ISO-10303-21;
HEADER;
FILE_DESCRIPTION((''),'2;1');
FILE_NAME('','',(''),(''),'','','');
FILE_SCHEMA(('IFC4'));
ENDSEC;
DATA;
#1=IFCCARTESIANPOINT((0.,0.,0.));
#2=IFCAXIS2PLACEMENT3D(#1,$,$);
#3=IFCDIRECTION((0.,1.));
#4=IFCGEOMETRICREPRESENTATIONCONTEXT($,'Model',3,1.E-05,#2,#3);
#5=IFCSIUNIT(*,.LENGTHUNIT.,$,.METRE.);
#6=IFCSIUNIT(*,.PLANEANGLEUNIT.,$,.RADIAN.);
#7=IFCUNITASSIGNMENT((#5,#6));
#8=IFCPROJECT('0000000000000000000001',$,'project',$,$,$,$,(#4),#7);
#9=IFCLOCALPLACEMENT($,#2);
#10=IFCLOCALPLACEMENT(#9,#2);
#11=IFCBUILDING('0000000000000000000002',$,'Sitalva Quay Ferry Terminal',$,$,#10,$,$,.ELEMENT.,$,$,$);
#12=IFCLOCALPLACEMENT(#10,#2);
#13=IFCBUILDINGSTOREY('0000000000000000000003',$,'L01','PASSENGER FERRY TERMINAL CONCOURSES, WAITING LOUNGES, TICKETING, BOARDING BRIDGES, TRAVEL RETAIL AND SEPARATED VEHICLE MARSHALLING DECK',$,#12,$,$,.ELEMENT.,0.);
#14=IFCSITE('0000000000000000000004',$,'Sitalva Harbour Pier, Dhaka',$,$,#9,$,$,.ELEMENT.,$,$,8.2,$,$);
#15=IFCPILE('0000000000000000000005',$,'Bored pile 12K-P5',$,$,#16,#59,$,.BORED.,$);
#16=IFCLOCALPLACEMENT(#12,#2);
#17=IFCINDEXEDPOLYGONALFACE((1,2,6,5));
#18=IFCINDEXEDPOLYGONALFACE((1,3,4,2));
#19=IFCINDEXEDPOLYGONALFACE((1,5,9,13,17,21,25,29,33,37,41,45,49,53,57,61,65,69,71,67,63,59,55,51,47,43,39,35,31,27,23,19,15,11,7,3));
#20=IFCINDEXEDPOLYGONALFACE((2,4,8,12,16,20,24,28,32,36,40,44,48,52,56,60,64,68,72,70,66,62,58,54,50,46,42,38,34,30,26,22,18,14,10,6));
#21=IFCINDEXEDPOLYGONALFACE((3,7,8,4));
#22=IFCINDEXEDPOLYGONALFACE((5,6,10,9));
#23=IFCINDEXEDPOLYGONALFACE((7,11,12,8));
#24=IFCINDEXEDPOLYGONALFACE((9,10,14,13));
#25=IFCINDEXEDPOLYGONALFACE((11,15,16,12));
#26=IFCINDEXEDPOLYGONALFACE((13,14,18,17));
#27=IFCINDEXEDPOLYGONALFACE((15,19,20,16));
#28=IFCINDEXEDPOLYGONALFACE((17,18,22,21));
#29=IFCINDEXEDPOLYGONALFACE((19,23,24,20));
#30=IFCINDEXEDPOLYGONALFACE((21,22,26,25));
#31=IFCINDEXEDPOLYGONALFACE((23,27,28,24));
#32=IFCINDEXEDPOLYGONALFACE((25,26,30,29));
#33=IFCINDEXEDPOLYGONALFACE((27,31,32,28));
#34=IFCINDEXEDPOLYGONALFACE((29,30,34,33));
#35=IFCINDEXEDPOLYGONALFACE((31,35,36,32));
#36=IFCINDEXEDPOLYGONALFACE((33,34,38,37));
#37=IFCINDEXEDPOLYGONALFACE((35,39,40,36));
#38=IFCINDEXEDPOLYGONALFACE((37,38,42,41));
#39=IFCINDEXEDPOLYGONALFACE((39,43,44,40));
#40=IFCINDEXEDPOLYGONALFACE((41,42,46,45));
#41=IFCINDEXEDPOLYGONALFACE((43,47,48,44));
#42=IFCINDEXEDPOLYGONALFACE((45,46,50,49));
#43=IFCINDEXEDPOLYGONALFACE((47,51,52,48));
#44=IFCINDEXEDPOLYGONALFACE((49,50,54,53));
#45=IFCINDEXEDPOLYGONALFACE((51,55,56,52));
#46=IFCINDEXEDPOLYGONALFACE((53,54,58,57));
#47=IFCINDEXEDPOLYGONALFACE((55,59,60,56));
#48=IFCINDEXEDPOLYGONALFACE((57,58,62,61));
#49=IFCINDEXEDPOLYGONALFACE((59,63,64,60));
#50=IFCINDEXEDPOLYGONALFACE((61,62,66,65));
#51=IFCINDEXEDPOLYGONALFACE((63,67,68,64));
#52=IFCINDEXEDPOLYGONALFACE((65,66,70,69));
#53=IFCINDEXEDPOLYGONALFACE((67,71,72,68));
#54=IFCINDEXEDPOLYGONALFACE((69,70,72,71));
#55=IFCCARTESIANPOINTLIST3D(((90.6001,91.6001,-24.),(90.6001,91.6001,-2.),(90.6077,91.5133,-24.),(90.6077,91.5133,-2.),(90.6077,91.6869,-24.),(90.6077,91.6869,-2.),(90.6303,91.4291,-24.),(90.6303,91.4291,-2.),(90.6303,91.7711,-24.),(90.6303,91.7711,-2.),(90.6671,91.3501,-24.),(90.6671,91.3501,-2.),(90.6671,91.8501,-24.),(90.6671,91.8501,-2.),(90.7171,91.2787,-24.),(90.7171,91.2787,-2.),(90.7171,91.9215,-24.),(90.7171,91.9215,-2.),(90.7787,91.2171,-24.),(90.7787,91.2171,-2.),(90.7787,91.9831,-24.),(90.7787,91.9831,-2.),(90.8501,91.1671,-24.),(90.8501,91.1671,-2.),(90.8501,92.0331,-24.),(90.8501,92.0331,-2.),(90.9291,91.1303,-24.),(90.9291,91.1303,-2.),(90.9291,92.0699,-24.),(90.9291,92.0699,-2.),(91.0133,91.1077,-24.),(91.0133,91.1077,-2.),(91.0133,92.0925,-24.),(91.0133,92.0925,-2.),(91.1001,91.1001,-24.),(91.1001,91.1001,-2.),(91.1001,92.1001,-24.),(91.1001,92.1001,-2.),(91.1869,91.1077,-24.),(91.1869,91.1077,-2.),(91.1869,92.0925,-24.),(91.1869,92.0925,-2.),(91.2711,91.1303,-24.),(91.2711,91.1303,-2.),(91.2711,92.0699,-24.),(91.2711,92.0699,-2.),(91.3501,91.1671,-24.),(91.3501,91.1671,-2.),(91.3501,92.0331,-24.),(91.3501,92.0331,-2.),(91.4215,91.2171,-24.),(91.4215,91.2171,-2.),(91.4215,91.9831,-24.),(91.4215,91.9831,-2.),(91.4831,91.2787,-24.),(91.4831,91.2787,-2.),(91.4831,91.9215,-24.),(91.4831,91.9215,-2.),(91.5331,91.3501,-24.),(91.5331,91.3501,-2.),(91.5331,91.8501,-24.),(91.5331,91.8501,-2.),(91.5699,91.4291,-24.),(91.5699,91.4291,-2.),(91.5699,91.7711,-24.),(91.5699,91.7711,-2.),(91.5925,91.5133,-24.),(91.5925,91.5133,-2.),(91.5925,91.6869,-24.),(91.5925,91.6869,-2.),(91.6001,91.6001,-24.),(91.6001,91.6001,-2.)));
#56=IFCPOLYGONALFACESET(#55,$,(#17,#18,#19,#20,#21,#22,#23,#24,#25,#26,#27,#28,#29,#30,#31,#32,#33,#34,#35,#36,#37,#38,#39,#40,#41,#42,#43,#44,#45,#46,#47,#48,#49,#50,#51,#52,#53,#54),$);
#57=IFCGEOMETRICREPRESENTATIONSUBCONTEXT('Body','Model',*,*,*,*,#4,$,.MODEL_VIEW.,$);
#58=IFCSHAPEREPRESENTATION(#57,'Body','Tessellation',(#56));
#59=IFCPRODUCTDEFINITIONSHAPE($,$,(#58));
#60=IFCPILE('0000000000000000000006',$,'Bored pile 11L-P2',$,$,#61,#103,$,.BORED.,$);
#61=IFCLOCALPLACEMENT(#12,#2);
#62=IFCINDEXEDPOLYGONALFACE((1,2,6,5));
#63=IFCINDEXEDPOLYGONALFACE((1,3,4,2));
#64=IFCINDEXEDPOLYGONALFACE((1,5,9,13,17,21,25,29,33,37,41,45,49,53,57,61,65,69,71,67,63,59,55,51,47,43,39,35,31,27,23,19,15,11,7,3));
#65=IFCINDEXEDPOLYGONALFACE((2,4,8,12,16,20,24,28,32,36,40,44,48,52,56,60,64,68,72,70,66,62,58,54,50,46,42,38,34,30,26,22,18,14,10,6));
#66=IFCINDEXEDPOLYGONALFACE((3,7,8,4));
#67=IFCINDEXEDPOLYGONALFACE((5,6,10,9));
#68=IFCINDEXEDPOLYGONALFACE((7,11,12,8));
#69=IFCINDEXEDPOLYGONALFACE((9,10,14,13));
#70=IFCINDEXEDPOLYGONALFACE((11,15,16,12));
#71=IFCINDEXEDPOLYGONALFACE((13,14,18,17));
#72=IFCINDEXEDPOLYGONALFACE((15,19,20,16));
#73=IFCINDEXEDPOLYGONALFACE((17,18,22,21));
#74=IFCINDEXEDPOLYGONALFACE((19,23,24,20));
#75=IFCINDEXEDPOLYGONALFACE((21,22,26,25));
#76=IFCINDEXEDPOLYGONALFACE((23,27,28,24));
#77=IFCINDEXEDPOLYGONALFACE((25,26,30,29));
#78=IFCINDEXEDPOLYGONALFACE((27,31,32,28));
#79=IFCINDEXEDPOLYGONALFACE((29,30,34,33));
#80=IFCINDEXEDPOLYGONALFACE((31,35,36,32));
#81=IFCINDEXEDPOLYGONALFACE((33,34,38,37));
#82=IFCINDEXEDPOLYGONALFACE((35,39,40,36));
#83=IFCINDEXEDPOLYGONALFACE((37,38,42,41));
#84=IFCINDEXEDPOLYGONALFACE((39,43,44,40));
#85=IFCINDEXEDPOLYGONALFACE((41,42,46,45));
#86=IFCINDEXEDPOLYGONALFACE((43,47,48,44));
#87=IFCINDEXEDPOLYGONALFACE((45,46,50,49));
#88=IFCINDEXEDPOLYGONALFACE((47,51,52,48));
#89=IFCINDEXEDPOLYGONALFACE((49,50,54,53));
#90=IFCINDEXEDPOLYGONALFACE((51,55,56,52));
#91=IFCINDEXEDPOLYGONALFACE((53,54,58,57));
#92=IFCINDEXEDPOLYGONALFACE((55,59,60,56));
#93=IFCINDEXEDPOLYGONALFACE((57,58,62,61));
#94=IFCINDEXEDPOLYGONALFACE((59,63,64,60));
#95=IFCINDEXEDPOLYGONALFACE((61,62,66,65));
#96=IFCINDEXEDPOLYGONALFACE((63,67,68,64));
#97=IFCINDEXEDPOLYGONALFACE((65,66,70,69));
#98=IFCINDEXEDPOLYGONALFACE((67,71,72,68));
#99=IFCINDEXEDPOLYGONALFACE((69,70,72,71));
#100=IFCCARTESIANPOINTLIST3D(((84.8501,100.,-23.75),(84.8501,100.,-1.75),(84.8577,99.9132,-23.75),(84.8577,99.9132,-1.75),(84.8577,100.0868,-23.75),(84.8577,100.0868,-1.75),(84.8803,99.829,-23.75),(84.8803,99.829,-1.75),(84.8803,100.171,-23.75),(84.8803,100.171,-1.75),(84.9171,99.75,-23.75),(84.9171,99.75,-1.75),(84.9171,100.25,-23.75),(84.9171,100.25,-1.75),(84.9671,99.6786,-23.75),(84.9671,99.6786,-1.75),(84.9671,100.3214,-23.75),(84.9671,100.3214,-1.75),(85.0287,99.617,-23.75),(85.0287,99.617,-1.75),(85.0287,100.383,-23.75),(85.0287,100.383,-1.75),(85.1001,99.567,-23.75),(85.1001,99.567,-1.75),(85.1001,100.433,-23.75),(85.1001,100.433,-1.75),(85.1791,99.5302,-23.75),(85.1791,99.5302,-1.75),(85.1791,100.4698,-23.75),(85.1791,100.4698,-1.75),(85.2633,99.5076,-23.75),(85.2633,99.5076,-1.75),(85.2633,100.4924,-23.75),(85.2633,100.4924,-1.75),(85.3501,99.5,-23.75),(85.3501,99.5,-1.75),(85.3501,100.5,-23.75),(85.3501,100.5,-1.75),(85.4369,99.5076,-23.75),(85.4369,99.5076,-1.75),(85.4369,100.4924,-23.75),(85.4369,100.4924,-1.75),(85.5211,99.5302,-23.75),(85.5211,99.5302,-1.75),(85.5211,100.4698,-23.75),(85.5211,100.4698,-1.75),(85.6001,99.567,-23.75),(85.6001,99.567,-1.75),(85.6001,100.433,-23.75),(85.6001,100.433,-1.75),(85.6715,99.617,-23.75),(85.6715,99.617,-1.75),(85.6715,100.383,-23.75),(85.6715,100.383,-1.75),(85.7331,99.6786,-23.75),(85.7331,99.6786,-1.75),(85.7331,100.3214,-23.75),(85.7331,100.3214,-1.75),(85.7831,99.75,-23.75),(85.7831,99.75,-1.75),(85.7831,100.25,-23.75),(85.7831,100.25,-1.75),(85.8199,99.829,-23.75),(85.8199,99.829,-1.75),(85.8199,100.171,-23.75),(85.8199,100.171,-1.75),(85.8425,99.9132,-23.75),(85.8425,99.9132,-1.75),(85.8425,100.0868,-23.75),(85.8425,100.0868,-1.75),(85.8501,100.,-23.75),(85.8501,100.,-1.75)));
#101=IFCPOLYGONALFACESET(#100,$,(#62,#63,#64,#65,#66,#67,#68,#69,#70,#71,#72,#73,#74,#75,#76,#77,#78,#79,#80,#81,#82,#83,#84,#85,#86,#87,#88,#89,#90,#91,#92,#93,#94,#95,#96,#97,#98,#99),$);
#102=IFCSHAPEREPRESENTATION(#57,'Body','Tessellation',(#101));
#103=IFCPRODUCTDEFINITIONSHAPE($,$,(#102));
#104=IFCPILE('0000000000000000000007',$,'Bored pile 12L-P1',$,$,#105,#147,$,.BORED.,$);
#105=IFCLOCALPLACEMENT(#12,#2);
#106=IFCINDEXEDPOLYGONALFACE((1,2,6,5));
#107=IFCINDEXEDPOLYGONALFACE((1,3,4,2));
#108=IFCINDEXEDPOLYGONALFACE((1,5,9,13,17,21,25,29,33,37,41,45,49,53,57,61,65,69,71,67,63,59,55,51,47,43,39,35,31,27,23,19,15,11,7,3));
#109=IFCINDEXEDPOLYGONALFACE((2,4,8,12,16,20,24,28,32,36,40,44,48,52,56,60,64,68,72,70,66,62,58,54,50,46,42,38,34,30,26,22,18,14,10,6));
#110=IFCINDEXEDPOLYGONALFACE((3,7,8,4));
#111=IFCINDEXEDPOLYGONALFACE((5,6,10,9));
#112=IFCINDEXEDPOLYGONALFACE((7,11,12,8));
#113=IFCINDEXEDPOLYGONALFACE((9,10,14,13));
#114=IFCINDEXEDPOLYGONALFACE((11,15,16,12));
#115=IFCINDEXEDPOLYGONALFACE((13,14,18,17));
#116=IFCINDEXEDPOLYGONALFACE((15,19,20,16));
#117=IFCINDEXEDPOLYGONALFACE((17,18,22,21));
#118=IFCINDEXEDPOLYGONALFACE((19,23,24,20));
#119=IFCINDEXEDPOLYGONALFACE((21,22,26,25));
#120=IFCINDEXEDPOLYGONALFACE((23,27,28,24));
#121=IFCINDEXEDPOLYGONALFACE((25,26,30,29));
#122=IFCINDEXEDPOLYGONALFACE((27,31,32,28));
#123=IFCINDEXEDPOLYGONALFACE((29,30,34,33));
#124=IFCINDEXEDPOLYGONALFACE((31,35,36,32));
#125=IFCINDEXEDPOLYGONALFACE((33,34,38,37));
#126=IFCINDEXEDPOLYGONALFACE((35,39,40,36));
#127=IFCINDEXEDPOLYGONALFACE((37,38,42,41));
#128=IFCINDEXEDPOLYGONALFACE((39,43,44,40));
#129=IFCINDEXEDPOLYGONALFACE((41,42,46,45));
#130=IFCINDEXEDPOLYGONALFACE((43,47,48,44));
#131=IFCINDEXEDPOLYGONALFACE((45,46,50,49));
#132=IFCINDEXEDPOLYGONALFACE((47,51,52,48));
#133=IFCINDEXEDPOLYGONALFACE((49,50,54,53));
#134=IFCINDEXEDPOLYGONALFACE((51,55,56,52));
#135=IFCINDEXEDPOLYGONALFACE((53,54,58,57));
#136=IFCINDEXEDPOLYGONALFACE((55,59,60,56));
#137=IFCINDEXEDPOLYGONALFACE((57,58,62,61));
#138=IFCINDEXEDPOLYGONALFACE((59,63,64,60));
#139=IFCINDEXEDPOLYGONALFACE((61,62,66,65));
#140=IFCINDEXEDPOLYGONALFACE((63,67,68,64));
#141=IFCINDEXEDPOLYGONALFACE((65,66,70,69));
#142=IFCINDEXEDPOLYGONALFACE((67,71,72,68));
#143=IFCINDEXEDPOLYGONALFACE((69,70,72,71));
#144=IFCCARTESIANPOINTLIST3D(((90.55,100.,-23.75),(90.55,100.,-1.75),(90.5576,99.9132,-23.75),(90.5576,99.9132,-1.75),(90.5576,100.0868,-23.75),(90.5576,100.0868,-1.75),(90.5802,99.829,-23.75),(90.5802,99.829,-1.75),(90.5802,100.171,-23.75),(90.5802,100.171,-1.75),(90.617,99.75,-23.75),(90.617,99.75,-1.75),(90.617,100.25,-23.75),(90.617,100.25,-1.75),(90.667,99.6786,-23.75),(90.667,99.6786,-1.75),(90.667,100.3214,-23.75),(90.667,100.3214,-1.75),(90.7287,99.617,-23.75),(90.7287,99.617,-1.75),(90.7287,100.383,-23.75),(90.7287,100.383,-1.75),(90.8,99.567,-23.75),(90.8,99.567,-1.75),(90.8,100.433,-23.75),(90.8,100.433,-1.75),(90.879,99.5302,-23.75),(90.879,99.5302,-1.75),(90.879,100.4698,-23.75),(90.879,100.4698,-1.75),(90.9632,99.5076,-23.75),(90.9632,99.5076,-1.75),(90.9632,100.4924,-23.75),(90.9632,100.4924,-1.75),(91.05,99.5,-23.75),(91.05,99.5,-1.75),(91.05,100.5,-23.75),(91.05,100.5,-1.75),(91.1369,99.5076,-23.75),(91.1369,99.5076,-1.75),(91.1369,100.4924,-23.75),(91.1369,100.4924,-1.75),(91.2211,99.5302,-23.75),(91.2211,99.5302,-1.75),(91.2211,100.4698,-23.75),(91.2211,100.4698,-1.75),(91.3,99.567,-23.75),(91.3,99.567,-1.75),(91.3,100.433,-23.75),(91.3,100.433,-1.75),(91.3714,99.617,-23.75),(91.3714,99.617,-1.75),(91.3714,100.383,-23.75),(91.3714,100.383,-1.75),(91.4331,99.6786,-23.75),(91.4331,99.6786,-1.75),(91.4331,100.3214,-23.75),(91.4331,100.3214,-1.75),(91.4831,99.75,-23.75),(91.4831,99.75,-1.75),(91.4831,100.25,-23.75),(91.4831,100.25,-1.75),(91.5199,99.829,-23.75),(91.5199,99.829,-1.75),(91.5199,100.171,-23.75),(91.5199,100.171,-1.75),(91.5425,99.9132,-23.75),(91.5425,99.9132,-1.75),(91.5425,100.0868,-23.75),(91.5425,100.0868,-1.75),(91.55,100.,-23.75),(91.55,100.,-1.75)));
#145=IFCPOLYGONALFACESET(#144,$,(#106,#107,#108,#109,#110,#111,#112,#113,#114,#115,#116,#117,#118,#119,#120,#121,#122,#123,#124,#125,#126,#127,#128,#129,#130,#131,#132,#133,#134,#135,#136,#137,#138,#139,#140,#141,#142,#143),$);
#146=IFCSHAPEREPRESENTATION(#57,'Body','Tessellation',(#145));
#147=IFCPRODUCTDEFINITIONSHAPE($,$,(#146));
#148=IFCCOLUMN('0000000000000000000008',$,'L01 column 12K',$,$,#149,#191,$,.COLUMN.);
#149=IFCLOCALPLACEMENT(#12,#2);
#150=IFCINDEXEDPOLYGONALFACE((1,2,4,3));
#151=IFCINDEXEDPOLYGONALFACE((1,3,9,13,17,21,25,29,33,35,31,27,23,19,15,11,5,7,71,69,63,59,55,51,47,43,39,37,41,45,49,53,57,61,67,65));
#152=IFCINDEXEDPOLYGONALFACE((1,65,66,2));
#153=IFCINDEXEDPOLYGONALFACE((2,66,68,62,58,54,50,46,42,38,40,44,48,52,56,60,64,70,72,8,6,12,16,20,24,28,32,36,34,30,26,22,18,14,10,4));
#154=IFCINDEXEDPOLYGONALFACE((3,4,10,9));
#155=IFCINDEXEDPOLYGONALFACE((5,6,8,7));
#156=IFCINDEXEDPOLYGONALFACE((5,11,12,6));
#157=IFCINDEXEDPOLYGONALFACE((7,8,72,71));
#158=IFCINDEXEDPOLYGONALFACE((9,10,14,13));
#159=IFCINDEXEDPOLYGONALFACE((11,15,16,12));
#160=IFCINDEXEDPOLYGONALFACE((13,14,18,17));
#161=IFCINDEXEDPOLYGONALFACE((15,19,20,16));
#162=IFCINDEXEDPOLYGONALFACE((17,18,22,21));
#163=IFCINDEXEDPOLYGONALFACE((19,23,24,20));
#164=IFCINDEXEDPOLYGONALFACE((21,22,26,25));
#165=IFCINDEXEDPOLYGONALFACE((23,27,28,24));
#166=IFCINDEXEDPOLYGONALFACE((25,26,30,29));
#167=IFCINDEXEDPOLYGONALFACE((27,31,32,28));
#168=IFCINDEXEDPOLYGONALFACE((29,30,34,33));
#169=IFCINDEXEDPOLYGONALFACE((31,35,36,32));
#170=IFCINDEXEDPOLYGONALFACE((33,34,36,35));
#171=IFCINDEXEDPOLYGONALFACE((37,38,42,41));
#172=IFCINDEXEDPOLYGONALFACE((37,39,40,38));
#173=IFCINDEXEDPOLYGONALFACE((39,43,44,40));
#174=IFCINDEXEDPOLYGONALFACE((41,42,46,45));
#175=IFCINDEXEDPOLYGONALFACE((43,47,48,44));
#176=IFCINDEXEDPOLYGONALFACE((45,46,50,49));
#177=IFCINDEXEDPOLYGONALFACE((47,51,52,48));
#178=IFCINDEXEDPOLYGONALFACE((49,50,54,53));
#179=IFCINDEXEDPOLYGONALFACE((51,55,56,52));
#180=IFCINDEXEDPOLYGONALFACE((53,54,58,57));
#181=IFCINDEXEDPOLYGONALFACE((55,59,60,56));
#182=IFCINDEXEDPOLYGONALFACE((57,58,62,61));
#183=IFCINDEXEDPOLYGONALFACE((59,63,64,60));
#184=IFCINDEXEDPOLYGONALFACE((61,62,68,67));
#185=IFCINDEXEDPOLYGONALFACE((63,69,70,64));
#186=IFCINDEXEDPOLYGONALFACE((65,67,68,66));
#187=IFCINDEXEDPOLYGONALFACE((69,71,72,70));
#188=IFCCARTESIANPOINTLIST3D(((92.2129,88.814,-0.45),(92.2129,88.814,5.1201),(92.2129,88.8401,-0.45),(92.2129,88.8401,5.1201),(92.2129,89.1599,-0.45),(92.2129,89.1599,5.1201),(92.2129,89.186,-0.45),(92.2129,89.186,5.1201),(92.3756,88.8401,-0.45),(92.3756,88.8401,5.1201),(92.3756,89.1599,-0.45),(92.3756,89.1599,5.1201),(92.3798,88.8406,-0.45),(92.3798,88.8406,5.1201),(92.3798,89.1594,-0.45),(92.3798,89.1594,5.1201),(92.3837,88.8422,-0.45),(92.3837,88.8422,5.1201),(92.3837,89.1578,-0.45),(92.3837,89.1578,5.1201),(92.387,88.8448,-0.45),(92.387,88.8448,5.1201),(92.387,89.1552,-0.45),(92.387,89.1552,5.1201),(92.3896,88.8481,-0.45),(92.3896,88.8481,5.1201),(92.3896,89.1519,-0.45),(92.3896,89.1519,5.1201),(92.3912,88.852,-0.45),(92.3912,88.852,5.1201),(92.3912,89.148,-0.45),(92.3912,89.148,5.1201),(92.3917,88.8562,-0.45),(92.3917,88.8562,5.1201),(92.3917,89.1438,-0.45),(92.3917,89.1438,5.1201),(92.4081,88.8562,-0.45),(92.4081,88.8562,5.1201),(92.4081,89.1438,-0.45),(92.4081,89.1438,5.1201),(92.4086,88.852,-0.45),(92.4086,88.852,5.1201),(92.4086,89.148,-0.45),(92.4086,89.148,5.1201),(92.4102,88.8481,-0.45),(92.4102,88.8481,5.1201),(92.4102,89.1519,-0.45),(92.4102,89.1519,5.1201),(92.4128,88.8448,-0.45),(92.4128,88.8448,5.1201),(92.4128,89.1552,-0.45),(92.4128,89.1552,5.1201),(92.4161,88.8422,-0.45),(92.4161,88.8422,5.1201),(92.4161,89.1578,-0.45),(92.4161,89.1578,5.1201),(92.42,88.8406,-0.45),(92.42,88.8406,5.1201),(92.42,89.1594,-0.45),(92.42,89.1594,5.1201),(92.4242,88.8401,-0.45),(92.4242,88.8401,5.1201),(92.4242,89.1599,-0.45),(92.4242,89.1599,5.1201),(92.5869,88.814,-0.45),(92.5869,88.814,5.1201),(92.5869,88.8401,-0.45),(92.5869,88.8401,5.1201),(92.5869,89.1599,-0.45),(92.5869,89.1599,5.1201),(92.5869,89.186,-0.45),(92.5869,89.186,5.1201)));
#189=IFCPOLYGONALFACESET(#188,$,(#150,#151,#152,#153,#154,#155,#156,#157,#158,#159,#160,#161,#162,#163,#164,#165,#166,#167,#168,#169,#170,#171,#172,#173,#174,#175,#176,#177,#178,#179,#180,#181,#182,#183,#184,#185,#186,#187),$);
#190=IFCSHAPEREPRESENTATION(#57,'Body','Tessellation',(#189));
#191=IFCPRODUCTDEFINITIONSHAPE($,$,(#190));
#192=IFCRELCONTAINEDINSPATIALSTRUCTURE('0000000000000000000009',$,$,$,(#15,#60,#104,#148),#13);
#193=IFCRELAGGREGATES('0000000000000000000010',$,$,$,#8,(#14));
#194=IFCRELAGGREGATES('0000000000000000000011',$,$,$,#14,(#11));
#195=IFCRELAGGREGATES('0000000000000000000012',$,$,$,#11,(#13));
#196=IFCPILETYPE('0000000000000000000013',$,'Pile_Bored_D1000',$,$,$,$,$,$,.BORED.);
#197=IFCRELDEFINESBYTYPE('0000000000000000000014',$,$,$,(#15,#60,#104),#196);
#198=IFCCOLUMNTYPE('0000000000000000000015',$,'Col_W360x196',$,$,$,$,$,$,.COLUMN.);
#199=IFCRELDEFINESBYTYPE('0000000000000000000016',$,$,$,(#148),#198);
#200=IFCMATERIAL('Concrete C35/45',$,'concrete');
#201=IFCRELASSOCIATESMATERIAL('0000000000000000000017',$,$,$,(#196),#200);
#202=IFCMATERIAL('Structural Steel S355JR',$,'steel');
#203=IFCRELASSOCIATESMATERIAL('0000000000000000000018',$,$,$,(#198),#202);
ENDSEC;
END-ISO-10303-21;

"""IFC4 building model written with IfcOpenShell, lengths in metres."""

from ifc_helpers import new_model, si_unit, direction, frame, origin, origin_2d, place, context, subcontext, project, spatial, circle, i_section, extrude, material, material_profile, profile_set, type_object, element, save


model = new_model("IFC4")

# Units and contexts
model_context = context("Model", 3, precision=1e-05, world=origin(), true_north=direction((0.0, 1.0)))
body_context = subcontext(model_context, "Body", "Model", "MODEL_VIEW")
ifc_project = project(units=[si_unit("LENGTHUNIT", "METRE"), si_unit("PLANEANGLEUNIT", "RADIAN")], contexts=[model_context])

# Site, building, storey
site_placement = place(None, origin())
site = spatial("IfcSite", under=ifc_project, at=site_placement, Name="Sitalva Harbour Pier, Dhaka", CompositionType="ELEMENT", RefElevation=8.2)
building_placement = place(site_placement, origin())
building = spatial("IfcBuilding", under=site, at=building_placement, Name="Sitalva Quay Ferry Terminal", CompositionType="ELEMENT")
storey_placement = place(building_placement, origin())
storey = spatial("IfcBuildingStorey", under=building, at=storey_placement, Name="L01", Description="PASSENGER FERRY TERMINAL CONCOURSES, WAITING LOUNGES, TICKETING, BOARDING BRIDGES, TRAVEL RETAIL AND SEPARATED VEHICLE MARSHALLING DECK", CompositionType="ELEMENT", Elevation=0.0)

# Piles
ifc_material_1 = material(Name="Concrete C35/45", Category="concrete")
ifc_material_profile_1 = material_profile(ifc_material_1, circle(Radius=0.5, at=origin_2d()), Name="PILE-D1000")
ifc_profile_set_1 = profile_set([ifc_material_profile_1], Name="Concrete C35/45")
pile_type = type_object("IfcPileType", Name="Pile_Bored_D1000", PredefinedType="BORED", material=ifc_profile_set_1)
for number, where, z_axis, x_axis, name in (
    (1, (91.1001, 91.6001, -2.0), (0.0, 0.0, -1.0), (1.0, 0.0, 0.0), "Bored pile 12K-P5"),
    (2, (85.3501, 100.0, -1.75), (0.0, 0.0, -1.0), (1.0, 0.0, 0.0), "Bored pile 11L-P2"),
    (3, (91.05, 100.0, -1.75), (0.0, 0.0, -1.0), (1.0, 0.0, 0.0), "Bored pile 12L-P1"),
):
    element("IfcPile", number, at=place(storey_placement, frame(where, z_axis=z_axis, x_axis=x_axis)), inside=storey, type_object=pile_type, Name=name, PredefinedType="BORED", context=body_context, shape_type="SweptSolid", body=[
        extrude(circle(Radius=0.5, at=origin_2d()), origin(), (0.0, 0.0, 1.0), 22.0),
    ])

# Column
ifc_material_2 = material(Name="Structural Steel S355JR", Category="steel")
ifc_material_profile_2 = material_profile(ifc_material_2, i_section(OverallWidth=0.374, OverallDepth=0.3721, WebThickness=0.0164, FlangeThickness=0.0261, FilletRadius=0.0161, at=origin_2d()), Name="W360x196")
ifc_profile_set_2 = profile_set([ifc_material_profile_2], Name="Structural Steel S355JR")
column_type = type_object("IfcColumnType", Name="Col_W360x196", PredefinedType="COLUMN", material=ifc_profile_set_2)
for number, where, z_axis, x_axis, name in (
    (4, (92.3999, 89.0, -0.45), (0.0, 0.0, 1.0), (1.0, 0.0, 0.0), "L01 column 12K"),
):
    element("IfcColumn", number, at=place(storey_placement, frame(where, z_axis=z_axis, x_axis=x_axis)), inside=storey, type_object=column_type, Name=name, PredefinedType="COLUMN", context=body_context, shape_type="SweptSolid", body=[
        extrude(i_section(OverallWidth=0.374, OverallDepth=0.3721, WebThickness=0.0164, FlangeThickness=0.0261, FilletRadius=0.0161, at=origin_2d()), origin(), (0.0, 0.0, 1.0), 5.5701),
    ])

save(model, "model.ifc")
